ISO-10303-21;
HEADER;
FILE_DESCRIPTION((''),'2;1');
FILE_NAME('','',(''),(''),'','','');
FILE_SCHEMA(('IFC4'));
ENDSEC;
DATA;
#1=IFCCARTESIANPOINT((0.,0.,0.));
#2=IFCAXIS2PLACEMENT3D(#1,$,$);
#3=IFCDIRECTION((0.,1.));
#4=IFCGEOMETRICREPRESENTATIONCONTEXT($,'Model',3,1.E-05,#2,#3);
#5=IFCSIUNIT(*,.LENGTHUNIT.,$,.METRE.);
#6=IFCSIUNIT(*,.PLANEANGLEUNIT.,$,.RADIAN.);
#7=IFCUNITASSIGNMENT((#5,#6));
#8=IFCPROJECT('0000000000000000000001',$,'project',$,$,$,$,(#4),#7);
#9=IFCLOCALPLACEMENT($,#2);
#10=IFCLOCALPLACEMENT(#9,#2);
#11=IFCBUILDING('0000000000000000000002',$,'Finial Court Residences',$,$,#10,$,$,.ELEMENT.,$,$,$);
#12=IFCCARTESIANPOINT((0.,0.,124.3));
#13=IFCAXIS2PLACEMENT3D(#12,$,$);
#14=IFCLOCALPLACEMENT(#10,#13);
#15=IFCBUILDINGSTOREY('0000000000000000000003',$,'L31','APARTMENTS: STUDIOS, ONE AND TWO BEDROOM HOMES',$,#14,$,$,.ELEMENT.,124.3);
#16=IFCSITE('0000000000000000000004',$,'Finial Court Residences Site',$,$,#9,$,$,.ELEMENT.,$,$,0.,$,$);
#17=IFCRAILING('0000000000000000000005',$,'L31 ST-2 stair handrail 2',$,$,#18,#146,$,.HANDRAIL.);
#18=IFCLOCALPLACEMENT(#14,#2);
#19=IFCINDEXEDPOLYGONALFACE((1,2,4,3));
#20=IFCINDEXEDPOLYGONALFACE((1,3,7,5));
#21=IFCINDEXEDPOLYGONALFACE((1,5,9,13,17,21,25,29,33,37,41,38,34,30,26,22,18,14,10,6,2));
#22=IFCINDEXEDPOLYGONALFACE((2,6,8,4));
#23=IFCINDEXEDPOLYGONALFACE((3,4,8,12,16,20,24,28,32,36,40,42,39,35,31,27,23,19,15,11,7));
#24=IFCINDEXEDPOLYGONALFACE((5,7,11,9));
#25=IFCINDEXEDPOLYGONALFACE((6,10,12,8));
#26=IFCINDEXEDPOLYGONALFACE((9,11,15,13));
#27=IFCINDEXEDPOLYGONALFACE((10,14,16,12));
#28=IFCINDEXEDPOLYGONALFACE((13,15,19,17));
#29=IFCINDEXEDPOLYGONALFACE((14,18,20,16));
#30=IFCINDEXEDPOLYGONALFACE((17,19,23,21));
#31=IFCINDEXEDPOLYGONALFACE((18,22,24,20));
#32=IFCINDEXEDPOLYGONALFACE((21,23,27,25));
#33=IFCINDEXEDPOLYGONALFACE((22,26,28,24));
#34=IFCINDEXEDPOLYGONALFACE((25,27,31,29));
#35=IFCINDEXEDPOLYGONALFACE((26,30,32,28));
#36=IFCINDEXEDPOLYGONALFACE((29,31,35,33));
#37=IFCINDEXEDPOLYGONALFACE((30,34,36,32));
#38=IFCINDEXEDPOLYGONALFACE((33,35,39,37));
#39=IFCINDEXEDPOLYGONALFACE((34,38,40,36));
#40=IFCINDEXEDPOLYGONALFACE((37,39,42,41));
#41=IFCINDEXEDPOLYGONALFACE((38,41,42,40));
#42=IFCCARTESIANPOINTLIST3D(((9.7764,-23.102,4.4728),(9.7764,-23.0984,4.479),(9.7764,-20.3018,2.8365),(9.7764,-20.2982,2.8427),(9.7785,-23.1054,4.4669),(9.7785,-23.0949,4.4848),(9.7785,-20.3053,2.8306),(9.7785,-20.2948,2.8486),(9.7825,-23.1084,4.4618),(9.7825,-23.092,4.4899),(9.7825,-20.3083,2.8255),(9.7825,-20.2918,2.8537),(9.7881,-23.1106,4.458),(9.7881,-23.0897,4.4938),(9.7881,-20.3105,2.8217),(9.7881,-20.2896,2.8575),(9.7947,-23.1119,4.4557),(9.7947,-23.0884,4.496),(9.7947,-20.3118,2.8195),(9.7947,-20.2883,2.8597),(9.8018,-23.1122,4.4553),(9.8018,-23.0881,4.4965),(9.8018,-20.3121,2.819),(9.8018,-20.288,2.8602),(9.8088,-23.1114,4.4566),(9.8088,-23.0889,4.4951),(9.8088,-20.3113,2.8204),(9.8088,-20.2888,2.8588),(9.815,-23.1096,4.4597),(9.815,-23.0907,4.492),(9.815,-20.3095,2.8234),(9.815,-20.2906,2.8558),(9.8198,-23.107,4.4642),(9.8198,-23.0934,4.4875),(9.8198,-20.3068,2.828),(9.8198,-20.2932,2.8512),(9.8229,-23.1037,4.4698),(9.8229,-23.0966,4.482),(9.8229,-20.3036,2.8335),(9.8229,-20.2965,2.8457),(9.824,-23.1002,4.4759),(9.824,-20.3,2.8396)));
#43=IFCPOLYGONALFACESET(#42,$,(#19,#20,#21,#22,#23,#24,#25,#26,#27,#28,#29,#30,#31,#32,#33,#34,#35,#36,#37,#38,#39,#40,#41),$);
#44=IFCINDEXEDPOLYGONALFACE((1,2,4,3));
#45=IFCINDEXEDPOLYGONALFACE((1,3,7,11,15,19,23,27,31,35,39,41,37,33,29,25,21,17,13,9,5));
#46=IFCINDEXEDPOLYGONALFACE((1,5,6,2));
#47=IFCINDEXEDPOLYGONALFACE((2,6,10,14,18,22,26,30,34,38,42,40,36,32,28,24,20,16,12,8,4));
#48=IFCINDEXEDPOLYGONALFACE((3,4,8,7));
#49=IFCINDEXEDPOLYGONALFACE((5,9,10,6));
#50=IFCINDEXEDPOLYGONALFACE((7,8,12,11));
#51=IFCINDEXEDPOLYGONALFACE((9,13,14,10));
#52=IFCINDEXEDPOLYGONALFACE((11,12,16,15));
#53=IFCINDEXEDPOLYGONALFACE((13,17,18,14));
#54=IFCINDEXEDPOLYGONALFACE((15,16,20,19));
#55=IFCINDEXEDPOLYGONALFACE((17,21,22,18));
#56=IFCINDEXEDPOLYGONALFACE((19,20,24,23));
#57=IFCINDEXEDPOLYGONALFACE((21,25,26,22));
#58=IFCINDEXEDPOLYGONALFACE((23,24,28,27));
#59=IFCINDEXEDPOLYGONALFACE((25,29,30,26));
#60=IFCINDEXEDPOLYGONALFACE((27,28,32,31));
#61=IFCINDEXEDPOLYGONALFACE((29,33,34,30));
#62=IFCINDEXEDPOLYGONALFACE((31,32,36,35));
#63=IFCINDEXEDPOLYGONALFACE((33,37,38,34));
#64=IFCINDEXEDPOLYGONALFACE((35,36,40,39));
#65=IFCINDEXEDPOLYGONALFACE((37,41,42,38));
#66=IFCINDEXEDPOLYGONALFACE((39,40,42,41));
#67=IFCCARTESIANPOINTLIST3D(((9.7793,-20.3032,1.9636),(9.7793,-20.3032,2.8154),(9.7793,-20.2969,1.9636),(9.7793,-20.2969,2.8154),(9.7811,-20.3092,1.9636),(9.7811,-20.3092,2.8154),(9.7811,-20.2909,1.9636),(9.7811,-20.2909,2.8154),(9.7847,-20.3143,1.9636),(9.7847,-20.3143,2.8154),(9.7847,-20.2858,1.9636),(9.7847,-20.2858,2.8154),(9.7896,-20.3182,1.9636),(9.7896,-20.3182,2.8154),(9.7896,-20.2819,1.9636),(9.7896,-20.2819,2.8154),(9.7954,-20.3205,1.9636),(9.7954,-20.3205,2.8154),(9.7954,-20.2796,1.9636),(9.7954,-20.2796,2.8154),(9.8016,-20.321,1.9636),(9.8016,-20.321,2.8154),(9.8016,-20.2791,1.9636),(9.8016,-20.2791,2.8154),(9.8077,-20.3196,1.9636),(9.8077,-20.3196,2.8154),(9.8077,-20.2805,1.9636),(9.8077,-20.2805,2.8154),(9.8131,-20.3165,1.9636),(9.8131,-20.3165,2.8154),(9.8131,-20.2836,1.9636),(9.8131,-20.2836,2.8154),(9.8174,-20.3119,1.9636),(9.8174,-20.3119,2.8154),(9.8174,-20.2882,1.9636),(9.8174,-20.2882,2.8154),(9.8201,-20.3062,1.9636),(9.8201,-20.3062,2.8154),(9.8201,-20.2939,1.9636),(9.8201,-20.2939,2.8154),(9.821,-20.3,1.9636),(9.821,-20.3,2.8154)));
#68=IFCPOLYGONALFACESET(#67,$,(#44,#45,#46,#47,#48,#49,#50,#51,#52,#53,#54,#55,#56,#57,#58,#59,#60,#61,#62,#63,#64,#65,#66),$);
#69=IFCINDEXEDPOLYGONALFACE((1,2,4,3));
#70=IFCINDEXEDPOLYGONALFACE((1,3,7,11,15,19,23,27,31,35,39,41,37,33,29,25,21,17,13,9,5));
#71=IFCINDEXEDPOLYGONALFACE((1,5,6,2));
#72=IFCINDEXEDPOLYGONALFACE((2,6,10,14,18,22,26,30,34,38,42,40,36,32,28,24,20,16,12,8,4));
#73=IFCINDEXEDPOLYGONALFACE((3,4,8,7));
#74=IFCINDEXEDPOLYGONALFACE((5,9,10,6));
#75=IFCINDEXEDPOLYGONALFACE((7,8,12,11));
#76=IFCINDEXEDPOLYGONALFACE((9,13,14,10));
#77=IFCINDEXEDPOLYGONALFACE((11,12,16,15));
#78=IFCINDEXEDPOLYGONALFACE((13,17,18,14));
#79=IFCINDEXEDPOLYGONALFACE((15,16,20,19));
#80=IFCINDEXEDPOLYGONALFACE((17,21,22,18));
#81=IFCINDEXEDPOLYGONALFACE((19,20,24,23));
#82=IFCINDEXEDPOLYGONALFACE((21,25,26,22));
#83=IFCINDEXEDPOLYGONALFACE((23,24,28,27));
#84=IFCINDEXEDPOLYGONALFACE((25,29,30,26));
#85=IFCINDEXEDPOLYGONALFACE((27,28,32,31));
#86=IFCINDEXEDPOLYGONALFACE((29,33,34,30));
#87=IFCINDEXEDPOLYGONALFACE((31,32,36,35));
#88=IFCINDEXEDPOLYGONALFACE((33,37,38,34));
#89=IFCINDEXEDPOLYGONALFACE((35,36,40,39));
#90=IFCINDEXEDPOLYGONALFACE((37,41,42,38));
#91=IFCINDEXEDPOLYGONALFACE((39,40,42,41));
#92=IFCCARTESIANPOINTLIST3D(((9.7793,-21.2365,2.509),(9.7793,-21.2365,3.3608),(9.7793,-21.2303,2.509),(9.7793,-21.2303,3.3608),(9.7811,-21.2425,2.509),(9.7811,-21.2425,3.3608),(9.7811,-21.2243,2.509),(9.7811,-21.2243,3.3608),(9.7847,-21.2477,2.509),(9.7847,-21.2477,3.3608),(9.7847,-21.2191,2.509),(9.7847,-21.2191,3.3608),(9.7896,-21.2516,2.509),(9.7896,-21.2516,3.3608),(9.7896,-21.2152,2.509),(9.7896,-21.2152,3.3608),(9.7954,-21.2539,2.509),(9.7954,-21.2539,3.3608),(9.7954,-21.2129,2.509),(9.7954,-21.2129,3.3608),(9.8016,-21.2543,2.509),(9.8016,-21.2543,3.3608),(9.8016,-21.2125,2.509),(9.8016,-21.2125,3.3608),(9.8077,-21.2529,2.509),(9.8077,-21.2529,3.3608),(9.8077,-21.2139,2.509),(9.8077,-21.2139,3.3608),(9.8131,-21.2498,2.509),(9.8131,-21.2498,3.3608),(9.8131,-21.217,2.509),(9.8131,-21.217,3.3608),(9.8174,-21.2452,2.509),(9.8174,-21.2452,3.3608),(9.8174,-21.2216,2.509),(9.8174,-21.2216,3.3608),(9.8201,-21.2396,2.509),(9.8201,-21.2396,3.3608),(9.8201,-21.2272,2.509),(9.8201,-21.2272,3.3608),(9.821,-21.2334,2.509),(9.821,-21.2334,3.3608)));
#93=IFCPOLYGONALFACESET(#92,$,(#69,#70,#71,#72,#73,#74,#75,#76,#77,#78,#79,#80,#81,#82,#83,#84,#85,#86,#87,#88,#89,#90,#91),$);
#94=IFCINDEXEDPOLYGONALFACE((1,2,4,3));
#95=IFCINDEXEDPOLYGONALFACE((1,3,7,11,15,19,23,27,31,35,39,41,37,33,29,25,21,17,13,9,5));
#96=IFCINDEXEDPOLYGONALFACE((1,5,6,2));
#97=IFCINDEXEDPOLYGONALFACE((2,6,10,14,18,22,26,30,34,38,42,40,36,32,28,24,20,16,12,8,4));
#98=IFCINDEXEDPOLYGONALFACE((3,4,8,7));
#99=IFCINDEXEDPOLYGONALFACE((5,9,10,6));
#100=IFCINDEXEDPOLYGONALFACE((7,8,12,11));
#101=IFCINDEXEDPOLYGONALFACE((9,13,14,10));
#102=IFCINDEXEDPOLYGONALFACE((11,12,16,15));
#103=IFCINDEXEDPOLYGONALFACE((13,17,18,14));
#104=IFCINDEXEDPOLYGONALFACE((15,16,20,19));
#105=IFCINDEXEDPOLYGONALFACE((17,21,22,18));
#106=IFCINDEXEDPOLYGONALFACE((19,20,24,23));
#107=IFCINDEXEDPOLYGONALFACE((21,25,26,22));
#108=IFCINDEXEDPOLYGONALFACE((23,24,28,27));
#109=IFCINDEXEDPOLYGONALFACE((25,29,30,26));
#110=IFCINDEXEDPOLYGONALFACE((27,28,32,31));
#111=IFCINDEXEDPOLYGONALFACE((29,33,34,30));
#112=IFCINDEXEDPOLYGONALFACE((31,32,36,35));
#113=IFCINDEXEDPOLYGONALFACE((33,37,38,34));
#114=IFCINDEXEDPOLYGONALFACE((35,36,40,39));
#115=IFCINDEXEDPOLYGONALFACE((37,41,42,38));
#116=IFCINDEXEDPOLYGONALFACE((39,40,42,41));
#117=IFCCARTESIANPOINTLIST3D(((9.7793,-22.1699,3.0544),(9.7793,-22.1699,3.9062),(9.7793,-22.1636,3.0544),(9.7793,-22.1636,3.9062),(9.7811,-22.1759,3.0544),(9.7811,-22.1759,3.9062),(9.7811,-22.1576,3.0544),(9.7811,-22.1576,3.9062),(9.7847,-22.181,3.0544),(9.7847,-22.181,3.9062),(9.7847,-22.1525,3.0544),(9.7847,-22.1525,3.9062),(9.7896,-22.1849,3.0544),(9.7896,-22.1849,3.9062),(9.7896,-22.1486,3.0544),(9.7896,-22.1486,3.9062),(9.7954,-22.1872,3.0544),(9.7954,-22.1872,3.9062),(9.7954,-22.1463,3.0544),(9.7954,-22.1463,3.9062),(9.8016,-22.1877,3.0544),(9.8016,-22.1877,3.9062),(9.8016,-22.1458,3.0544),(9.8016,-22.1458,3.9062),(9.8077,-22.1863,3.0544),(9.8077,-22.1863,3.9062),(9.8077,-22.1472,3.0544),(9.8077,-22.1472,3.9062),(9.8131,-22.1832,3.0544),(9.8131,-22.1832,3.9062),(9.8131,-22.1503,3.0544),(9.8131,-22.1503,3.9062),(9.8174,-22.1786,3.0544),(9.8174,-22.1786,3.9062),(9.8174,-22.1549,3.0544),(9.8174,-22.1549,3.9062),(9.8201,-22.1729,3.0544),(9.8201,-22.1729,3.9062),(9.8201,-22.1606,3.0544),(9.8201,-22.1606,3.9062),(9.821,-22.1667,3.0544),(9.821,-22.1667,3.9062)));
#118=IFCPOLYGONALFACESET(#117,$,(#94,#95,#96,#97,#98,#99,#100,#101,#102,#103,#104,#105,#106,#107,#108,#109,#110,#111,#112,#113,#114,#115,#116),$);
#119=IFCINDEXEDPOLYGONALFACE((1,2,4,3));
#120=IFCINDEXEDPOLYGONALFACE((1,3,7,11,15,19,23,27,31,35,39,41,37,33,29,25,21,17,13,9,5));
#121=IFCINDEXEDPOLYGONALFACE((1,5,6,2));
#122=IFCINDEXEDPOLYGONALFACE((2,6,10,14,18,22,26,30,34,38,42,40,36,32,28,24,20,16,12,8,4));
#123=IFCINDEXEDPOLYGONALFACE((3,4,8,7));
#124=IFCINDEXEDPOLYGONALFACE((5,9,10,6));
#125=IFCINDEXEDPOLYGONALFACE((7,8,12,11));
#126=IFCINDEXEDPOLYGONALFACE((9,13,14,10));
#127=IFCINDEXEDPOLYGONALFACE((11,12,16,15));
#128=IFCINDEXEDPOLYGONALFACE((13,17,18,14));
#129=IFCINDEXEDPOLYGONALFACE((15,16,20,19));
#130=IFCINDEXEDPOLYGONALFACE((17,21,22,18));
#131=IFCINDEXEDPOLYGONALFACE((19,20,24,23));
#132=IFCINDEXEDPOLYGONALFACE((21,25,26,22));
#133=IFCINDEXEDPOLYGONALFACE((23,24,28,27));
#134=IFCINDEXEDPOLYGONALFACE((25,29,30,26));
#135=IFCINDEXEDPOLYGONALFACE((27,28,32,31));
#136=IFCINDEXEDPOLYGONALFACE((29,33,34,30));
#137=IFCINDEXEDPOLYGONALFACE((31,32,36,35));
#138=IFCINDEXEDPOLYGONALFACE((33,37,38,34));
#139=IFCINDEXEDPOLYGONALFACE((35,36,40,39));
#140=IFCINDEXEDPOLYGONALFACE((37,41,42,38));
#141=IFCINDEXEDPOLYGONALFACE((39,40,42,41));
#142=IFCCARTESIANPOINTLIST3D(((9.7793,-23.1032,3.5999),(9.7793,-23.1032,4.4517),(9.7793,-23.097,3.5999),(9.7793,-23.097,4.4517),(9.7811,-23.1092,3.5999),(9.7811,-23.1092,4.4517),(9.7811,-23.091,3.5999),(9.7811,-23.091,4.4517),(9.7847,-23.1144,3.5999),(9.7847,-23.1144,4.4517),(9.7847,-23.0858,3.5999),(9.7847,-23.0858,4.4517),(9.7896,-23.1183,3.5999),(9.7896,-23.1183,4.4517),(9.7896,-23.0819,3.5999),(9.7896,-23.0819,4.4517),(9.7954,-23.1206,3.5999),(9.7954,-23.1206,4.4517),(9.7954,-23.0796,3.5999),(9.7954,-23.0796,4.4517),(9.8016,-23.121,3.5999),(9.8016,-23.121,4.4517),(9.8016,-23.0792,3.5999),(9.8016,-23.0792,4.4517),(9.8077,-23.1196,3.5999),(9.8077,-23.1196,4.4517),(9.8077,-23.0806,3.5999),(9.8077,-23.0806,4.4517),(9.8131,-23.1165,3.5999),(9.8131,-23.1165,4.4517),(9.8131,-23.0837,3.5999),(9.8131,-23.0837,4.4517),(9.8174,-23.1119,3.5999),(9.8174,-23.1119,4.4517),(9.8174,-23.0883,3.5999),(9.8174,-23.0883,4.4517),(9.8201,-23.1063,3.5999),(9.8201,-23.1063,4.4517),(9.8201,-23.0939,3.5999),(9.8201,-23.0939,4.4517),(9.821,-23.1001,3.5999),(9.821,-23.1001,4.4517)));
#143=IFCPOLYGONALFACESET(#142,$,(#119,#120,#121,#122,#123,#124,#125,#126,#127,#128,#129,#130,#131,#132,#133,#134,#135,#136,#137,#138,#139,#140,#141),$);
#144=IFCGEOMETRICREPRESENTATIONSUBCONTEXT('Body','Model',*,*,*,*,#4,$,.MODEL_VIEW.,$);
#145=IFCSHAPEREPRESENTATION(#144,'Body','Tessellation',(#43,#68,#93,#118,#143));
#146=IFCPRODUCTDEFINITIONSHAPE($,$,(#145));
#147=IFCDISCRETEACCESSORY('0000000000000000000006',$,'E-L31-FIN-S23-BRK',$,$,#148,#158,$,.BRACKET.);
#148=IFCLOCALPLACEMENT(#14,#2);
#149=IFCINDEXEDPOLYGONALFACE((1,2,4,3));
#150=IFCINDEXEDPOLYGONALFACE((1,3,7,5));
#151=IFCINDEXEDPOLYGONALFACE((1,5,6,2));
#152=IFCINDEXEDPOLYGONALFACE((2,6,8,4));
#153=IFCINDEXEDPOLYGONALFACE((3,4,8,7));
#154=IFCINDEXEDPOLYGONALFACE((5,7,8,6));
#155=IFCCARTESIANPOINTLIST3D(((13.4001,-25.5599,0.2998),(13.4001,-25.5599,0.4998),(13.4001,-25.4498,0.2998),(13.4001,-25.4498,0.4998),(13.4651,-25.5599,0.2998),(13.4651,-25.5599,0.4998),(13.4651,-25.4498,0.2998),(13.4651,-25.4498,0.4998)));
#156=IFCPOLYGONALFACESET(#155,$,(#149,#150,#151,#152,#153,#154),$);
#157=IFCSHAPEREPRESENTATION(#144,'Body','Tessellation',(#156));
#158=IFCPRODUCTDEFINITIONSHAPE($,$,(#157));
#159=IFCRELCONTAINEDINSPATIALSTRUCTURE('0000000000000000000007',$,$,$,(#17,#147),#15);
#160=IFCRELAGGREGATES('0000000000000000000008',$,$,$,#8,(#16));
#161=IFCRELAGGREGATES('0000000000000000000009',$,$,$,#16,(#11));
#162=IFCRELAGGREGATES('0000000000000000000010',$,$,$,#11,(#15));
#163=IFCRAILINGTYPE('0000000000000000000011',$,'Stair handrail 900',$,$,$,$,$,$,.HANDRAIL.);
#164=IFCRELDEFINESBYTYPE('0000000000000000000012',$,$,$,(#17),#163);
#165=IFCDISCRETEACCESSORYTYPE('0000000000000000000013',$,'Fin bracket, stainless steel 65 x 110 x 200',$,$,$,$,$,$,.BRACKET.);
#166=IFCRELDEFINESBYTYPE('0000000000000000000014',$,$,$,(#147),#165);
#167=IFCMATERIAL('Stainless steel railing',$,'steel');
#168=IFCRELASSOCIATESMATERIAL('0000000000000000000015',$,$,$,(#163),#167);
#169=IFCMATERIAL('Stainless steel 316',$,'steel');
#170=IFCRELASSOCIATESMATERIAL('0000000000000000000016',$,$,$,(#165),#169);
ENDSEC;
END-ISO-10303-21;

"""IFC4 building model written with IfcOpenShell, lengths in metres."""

from ifc_helpers import new_model, si_unit, direction, frame, origin, origin_2d, place, context, subcontext, project, spatial, rectangle, circle, extrude, material, type_object, element, save


model = new_model("IFC4")

# Units and contexts
model_context = context("Model", 3, precision=1e-05, world=origin(), true_north=direction((0.0, 1.0)))
body_context = subcontext(model_context, "Body", "Model", "MODEL_VIEW")
ifc_project = project(units=[si_unit("LENGTHUNIT", "METRE"), si_unit("PLANEANGLEUNIT", "RADIAN")], contexts=[model_context])

# Site, building, storey
site_placement = place(None, origin())
site = spatial("IfcSite", under=ifc_project, at=site_placement, Name="Finial Court Residences Site", CompositionType="ELEMENT", RefElevation=0.0)
building_placement = place(site_placement, origin())
building = spatial("IfcBuilding", under=site, at=building_placement, Name="Finial Court Residences", CompositionType="ELEMENT")
storey_placement = place(building_placement, frame((0.0, 0.0, 124.3)))
storey = spatial("IfcBuildingStorey", under=building, at=storey_placement, Name="L31", Description="APARTMENTS: STUDIOS, ONE AND TWO BEDROOM HOMES", CompositionType="ELEMENT", Elevation=124.3)

# Railing
ifc_material_1 = material(Name="Stainless steel railing", Category="steel")
railing_type_1 = type_object("IfcRailingType", Name="Stair handrail 900", PredefinedType="HANDRAIL", material=ifc_material_1)
railing_1_placement = place(storey_placement, frame((9.8, -20.3, 1.9636)))
element("IfcRailing", 1, at=railing_1_placement, inside=storey, type_object=railing_type_1, Name="L31 ST-2 stair handrail 2", PredefinedType="HANDRAIL", context=body_context, shape_type="SweptSolid", body=[
    extrude(circle(Radius=0.0239, at=origin_2d()), frame((0.0, 0.0, 0.876), z_axis=(0.0, -0.863394, 0.504531), x_axis=(1.0, 0.0, 0.0)), (0.0, 0.0, 1.0), 3.2432),
    extrude(circle(Radius=0.021, at=origin_2d()), origin(), (0.0, 0.0, 1.0), 0.8518),
    extrude(circle(Radius=0.021, at=origin_2d()), frame((0.0, -0.9333, 0.5454)), (0.0, 0.0, 1.0), 0.8518),
    extrude(circle(Radius=0.021, at=origin_2d()), frame((0.0, -1.8667, 1.0908)), (0.0, 0.0, 1.0), 0.8518),
    extrude(circle(Radius=0.021, at=origin_2d()), frame((0.0, -2.8, 1.6362)), (0.0, 0.0, 1.0), 0.8518),
])

# Discrete accessory
ifc_material_2 = material(Name="Stainless steel 316", Category="steel")
discrete_accessory_type = type_object("IfcDiscreteAccessoryType", Name="Fin bracket, stainless steel 65 x 110 x 200", PredefinedType="BRACKET", material=ifc_material_2)
discrete_accessory_placement = place(storey_placement, frame((13.4326, -25.5049, 0.2998), z_axis=(0.0, 0.0, 1.0), x_axis=(1.0, 0.0, 0.0)))
element("IfcDiscreteAccessory", 2, at=discrete_accessory_placement, inside=storey, type_object=discrete_accessory_type, Name="E-L31-FIN-S23-BRK", PredefinedType="BRACKET", context=body_context, shape_type="SweptSolid", body=[
    extrude(rectangle(XDim=0.0649, YDim=0.1101, at=origin_2d()), origin(), (0.0, 0.0, 1.0), 0.2),
])

save(model, "model.ifc")
